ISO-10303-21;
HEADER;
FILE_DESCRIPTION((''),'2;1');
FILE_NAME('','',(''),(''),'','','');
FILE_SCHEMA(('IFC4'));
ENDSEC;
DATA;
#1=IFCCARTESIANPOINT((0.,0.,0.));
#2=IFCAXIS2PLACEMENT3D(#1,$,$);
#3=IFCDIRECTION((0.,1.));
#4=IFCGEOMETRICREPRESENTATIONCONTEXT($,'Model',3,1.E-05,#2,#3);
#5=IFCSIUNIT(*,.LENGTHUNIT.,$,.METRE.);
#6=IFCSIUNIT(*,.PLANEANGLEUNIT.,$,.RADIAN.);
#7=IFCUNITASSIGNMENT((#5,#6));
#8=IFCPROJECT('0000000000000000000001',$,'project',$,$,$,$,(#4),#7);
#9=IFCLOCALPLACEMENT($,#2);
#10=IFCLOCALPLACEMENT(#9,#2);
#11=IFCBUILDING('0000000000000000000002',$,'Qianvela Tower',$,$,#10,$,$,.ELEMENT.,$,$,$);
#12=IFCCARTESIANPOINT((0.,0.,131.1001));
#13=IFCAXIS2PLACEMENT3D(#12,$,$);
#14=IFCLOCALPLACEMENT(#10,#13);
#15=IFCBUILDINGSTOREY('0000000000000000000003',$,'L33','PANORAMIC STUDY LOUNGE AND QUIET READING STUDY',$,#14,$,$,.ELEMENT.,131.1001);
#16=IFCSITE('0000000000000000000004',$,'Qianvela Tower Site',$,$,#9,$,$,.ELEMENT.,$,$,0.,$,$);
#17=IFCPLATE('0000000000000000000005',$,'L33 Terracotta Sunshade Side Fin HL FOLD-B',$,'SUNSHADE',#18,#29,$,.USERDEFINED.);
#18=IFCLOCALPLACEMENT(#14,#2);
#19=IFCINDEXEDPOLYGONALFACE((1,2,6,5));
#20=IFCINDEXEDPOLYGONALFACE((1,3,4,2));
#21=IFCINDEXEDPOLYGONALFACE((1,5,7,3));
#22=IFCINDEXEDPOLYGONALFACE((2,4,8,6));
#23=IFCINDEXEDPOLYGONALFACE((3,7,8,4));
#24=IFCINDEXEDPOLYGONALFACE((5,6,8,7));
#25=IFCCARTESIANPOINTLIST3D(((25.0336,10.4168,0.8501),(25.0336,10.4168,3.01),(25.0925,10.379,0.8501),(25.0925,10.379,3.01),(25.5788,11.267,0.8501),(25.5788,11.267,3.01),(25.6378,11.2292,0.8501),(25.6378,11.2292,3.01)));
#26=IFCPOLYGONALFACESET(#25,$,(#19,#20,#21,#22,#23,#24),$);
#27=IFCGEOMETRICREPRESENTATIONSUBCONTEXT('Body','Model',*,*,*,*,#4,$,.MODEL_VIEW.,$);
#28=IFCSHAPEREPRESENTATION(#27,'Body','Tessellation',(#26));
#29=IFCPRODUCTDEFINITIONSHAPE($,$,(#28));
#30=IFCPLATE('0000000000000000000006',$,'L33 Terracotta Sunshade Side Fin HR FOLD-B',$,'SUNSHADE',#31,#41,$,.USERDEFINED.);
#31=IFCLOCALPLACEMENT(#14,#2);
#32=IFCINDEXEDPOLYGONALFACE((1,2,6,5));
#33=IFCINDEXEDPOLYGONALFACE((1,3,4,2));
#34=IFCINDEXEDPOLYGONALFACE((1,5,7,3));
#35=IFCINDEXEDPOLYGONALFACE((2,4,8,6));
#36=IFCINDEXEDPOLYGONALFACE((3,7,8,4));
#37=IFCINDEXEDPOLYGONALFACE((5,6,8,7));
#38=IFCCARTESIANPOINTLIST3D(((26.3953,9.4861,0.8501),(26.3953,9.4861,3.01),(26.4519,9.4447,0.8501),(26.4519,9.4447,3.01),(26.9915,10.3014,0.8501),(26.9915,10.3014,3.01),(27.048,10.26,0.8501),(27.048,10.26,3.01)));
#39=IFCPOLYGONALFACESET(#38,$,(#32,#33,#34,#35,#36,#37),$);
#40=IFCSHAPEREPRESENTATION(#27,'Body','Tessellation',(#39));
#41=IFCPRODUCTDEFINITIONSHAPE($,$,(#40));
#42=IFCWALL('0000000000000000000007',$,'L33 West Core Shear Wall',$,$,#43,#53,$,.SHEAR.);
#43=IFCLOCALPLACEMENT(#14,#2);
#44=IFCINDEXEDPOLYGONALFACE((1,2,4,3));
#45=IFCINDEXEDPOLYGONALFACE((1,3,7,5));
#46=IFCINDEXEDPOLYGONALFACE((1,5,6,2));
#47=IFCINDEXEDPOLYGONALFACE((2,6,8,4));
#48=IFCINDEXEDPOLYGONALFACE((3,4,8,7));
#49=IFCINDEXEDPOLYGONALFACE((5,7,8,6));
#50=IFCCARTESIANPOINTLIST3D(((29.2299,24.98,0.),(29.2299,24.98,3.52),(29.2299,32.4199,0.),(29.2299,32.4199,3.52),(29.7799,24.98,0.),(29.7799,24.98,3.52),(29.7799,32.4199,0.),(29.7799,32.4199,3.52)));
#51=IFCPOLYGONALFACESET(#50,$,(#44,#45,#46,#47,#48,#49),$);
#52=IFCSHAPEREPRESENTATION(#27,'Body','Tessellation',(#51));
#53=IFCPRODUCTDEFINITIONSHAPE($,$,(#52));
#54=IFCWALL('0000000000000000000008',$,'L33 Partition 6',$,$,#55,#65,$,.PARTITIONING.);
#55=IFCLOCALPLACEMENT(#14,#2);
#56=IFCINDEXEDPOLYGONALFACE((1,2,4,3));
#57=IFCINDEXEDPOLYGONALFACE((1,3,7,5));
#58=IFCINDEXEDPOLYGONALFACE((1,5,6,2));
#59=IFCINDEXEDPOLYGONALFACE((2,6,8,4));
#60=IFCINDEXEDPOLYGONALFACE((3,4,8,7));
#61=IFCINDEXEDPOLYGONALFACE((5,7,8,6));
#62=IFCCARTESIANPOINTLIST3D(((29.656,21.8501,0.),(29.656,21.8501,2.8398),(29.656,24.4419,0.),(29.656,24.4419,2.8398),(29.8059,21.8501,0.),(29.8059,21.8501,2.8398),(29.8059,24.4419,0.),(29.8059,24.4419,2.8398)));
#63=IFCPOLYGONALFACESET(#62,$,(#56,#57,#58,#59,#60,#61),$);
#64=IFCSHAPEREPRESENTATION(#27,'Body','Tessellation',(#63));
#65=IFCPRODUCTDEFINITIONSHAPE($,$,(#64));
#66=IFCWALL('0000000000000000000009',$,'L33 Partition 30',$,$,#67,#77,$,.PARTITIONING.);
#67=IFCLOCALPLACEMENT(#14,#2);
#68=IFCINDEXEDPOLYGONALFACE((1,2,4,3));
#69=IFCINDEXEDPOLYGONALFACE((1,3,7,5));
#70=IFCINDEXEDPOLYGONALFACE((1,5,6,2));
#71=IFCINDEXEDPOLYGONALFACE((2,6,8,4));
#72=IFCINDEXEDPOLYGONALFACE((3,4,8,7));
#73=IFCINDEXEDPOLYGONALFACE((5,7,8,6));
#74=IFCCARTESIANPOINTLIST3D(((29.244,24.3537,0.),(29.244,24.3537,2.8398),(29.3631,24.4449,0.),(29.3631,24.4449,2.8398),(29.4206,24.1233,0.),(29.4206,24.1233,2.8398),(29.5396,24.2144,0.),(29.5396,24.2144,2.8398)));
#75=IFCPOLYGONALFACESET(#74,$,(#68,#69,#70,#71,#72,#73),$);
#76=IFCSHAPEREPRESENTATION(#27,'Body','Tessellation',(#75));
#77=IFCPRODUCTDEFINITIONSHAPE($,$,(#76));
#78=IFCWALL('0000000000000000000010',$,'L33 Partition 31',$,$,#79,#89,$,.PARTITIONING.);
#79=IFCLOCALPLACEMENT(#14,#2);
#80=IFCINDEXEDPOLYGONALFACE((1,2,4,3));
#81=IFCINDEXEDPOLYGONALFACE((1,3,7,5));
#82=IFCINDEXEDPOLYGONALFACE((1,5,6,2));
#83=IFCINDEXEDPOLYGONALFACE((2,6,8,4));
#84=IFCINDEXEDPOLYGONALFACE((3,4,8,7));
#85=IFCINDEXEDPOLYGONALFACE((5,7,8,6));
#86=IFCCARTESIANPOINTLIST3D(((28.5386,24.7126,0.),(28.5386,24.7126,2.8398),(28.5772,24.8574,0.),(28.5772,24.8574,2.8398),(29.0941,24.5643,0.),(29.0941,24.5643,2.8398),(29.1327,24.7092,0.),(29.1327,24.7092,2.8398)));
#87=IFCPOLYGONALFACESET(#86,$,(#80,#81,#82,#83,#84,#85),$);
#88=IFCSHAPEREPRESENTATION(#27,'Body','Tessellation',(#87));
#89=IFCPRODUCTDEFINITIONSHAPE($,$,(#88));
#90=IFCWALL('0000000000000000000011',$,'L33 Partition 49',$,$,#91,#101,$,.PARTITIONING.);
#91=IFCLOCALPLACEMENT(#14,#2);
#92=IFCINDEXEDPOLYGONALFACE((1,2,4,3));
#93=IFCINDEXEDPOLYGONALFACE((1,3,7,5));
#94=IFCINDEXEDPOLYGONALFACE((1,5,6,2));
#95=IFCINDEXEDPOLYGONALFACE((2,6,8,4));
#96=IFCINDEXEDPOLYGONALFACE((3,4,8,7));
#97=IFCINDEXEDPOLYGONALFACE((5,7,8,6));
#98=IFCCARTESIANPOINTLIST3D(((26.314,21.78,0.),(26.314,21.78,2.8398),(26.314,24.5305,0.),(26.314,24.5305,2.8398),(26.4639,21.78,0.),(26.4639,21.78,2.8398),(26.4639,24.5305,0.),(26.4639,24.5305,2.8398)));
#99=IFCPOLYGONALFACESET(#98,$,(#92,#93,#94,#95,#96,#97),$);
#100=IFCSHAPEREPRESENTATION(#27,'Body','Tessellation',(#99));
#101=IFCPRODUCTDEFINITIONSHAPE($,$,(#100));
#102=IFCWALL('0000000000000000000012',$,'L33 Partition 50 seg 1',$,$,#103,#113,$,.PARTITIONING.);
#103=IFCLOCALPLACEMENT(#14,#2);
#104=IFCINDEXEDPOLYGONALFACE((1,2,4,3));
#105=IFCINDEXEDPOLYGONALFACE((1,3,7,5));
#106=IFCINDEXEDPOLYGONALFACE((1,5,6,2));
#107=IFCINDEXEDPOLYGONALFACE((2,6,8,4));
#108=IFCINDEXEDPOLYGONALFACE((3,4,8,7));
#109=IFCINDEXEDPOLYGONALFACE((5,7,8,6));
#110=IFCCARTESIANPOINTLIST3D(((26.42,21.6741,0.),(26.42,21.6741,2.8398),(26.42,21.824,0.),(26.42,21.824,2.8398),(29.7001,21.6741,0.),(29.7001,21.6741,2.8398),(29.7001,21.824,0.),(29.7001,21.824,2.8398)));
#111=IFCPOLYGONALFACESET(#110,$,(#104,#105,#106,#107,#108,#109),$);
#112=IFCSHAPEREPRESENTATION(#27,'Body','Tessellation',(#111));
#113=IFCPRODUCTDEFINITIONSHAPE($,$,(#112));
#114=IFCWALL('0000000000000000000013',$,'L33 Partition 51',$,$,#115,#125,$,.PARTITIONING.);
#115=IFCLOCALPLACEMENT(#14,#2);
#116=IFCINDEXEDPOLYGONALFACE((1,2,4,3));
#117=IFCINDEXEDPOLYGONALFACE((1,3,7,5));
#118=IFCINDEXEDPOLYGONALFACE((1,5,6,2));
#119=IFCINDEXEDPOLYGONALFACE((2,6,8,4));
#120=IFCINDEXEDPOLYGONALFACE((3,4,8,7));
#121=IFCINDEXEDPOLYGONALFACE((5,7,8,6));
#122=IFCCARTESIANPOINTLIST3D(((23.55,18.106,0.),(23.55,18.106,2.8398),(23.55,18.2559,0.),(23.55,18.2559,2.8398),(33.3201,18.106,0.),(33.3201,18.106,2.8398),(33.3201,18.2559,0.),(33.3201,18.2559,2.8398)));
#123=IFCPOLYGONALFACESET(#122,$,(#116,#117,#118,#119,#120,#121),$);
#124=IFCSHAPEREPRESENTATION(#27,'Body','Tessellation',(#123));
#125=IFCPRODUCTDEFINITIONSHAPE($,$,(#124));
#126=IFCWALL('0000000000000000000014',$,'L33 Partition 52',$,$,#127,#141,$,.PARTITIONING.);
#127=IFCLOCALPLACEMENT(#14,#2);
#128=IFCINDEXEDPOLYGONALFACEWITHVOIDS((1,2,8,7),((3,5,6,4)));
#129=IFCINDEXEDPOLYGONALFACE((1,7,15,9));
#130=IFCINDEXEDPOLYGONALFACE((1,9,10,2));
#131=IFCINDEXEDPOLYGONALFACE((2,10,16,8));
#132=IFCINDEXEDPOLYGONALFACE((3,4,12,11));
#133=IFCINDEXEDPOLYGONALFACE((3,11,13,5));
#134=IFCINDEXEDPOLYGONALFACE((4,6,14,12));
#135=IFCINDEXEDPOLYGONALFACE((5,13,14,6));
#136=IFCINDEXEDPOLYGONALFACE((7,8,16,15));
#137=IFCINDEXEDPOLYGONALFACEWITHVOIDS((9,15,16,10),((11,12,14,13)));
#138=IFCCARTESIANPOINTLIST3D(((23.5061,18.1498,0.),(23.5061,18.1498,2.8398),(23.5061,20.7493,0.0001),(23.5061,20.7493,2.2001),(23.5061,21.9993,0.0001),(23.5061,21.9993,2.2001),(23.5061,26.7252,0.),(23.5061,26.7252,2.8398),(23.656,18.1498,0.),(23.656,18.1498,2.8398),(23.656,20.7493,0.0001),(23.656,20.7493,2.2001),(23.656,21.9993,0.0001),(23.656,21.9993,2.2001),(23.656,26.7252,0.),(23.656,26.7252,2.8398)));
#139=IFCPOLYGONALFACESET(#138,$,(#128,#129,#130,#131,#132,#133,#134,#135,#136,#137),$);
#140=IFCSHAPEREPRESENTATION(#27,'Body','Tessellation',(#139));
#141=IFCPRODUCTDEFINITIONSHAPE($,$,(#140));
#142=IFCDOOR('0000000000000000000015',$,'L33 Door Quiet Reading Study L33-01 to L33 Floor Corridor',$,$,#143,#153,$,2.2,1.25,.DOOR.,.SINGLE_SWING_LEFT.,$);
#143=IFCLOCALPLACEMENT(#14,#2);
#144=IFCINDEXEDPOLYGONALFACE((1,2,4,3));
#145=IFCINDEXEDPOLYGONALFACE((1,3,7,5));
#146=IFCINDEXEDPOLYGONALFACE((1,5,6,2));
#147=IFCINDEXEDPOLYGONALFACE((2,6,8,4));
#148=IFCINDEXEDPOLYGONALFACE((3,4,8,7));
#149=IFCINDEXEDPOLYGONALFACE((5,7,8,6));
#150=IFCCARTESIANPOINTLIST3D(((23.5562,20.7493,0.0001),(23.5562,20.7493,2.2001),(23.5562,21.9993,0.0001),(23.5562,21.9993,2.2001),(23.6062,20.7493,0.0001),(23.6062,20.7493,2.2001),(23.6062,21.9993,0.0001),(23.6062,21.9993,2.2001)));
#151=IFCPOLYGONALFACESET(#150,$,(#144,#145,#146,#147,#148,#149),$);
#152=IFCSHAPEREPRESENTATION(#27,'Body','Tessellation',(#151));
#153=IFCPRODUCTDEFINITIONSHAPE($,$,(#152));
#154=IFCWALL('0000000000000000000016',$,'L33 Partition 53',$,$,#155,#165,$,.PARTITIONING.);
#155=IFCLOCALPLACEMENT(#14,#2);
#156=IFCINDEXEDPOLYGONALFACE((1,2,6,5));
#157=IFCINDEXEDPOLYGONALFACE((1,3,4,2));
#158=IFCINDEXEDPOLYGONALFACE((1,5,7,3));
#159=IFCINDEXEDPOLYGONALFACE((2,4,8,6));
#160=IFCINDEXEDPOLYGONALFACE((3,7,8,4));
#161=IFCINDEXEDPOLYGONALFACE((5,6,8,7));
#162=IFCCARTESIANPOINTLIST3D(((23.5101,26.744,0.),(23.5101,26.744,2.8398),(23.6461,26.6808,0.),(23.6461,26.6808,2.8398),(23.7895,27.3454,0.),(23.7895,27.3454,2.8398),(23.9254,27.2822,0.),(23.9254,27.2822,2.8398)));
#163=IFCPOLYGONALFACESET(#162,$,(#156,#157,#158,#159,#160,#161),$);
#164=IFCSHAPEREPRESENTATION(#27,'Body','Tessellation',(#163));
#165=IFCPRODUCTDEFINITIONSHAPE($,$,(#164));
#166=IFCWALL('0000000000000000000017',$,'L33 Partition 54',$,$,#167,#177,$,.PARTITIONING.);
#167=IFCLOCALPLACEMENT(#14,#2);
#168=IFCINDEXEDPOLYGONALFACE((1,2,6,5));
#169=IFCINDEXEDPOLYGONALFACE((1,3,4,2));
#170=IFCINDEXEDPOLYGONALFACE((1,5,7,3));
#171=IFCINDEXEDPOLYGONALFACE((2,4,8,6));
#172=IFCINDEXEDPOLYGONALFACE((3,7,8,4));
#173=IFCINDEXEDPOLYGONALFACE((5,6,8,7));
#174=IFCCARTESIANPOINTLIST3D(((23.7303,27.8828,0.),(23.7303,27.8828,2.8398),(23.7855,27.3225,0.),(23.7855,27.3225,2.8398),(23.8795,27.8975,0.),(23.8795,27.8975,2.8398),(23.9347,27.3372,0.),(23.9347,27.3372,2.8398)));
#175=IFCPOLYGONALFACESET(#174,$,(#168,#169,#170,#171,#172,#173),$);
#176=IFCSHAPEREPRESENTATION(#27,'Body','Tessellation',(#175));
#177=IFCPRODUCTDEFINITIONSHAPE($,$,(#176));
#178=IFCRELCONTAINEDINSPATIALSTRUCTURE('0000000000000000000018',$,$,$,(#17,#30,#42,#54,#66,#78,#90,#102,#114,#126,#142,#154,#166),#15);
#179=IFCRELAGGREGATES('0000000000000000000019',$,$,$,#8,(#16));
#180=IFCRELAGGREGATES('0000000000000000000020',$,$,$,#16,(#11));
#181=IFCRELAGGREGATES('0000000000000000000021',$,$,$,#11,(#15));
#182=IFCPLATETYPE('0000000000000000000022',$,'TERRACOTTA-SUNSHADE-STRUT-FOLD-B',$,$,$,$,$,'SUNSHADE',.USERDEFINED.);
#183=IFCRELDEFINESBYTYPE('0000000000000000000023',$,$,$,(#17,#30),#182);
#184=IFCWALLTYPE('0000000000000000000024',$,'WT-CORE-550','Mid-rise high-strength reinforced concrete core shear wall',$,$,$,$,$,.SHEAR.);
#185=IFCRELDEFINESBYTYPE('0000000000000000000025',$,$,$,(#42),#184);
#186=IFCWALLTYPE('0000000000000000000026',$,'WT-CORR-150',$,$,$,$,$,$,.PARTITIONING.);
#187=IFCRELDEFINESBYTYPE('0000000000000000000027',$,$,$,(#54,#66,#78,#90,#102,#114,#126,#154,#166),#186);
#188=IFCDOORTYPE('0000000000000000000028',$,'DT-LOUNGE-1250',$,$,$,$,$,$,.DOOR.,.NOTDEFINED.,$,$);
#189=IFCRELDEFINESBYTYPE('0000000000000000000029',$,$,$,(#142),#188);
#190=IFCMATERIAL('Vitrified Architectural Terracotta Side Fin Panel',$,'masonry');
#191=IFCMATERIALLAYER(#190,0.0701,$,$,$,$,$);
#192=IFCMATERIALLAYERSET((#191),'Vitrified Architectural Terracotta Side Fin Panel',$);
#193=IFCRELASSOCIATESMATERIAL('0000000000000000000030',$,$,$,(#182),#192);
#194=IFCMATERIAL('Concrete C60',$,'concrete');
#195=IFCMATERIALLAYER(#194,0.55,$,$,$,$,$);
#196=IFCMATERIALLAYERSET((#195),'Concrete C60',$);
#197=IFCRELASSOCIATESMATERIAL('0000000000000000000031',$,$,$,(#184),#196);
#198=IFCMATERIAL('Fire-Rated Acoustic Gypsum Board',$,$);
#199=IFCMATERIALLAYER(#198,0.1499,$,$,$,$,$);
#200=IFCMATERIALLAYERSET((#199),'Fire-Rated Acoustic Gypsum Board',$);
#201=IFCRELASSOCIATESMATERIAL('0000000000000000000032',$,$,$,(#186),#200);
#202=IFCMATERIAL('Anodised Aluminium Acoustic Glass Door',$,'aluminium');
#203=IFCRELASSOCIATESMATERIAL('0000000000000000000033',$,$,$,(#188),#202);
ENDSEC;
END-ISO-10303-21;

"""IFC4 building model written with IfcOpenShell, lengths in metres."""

from ifc_helpers import new_model, si_unit, direction, frame, frame_2d, origin, origin_2d, place, context, subcontext, project, spatial, rectangle, extrude, material, layer, layer_set, type_object, element, fill, save


model = new_model("IFC4")

# Units and contexts
model_context = context("Model", 3, precision=1e-05, world=origin(), true_north=direction((0.0, 1.0)))
body_context = subcontext(model_context, "Body", "Model", "MODEL_VIEW")
ifc_project = project(units=[si_unit("LENGTHUNIT", "METRE"), si_unit("PLANEANGLEUNIT", "RADIAN")], contexts=[model_context])

# Site, building, storey
site_placement = place(None, origin())
site = spatial("IfcSite", under=ifc_project, at=site_placement, Name="Qianvela Tower Site", CompositionType="ELEMENT", RefElevation=0.0)
building_placement = place(site_placement, origin())
building = spatial("IfcBuilding", under=site, at=building_placement, Name="Qianvela Tower", CompositionType="ELEMENT")
storey_placement = place(building_placement, frame((0.0, 0.0, 131.1001)))
storey = spatial("IfcBuildingStorey", under=building, at=storey_placement, Name="L33", Description="PANORAMIC STUDY LOUNGE AND QUIET READING STUDY", CompositionType="ELEMENT", Elevation=131.1001)

# Plates
ifc_material_1 = material(Name="Vitrified Architectural Terracotta Side Fin Panel", Category="masonry")
ifc_layer_1 = layer(ifc_material_1, 0.0701)
ifc_layer_set_1 = layer_set([ifc_layer_1], Name="Vitrified Architectural Terracotta Side Fin Panel")
plate_type_1 = type_object("IfcPlateType", Name="TERRACOTTA-SUNSHADE-STRUT-FOLD-B", ElementType="SUNSHADE", PredefinedType="USERDEFINED", material=ifc_layer_set_1)
for number, where, z_axis, x_axis, name in (
    (1, (25.3357, 10.823, 0.8501), (0.0, 0.0, 1.0), (0.841737, -0.539888, 0.0), "L33 Terracotta Sunshade Side Fin HL FOLD-B"),
    (2, (26.7217, 9.873, 0.8501), (0.0, 0.0, 1.0), (0.807208, -0.590268, 0.0), "L33 Terracotta Sunshade Side Fin HR FOLD-B"),
):
    element("IfcPlate", number, at=place(storey_placement, frame(where, z_axis=z_axis, x_axis=x_axis)), inside=storey, type_object=plate_type_1, Name=name, ObjectType="SUNSHADE", PredefinedType="USERDEFINED", context=body_context, shape_type="SweptSolid", body=[
        extrude(rectangle(XDim=0.0701, YDim=1.01, at=origin_2d()), origin(), (0.0, 0.0, 1.0), 2.1599),
    ])

# Shared definitions
ifc_material_2 = material(Name="Concrete C60", Category="concrete")
ifc_layer_2 = layer(ifc_material_2, 0.55)
ifc_layer_set_2 = layer_set([ifc_layer_2], Name="Concrete C60")
wall_type_1 = type_object("IfcWallType", Name="WT-CORE-550", Description="Mid-rise high-strength reinforced concrete core shear wall", PredefinedType="SHEAR", material=ifc_layer_set_2)

# Walls
wall_1_placement = place(storey_placement, frame((29.5049, 24.98, 0.0), z_axis=(0.0, 0.0, 1.0), x_axis=(0.0, 1.0, 0.0)))
element("IfcWall", 3, at=wall_1_placement, inside=storey, type_object=wall_type_1, Name="L33 West Core Shear Wall", PredefinedType="SHEAR", context=body_context, shape_type="SweptSolid", body=[
    extrude(rectangle(XDim=7.4399, YDim=0.55, at=frame_2d((3.72, 0.0))), origin(), (0.0, 0.0, 1.0), 3.52),
])
ifc_material_3 = material(Name="Fire-Rated Acoustic Gypsum Board")
ifc_layer_3 = layer(ifc_material_3, 0.1499)
ifc_layer_set_3 = layer_set([ifc_layer_3], Name="Fire-Rated Acoustic Gypsum Board")
wall_type_2 = type_object("IfcWallType", Name="WT-CORR-150", PredefinedType="PARTITIONING", material=ifc_layer_set_3)
wall_2_placement = place(storey_placement, frame((29.731, 21.8501, 0.0), z_axis=(0.0, 0.0, 1.0), x_axis=(0.0, 1.0, 0.0)))
element("IfcWall", 4, at=wall_2_placement, inside=storey, type_object=wall_type_2, Name="L33 Partition 6", PredefinedType="PARTITIONING", context=body_context, shape_type="SweptSolid", body=[
    extrude(rectangle(XDim=2.5918, YDim=0.1499, at=frame_2d((1.2959, 0.0))), origin(), (0.0, 0.0, 1.0), 2.8398),
])
wall_3_placement = place(storey_placement, frame((29.48, 24.1689, 0.0), z_axis=(0.0, 0.0, 1.0), x_axis=(-0.608043, 0.793904, 0.0)))
element("IfcWall", 5, at=wall_3_placement, inside=storey, type_object=wall_type_2, Name="L33 Partition 30", PredefinedType="PARTITIONING", context=body_context, shape_type="SweptSolid", body=[
    extrude(rectangle(XDim=0.2903, YDim=0.1499, at=frame_2d((0.145, 0.0))), origin(), (0.0, 0.0, 1.0), 2.8398),
])
wall_4_placement = place(storey_placement, frame((29.1135, 24.6367, 0.0), z_axis=(0.0, 0.0, 1.0), x_axis=(-0.9662, 0.257795, 0.0)))
element("IfcWall", 6, at=wall_4_placement, inside=storey, type_object=wall_type_2, Name="L33 Partition 31", PredefinedType="PARTITIONING", context=body_context, shape_type="SweptSolid", body=[
    extrude(rectangle(XDim=0.575, YDim=0.1499, at=frame_2d((0.2876, 0.0))), origin(), (0.0, 0.0, 1.0), 2.8398),
])
wall_5_placement = place(storey_placement, frame((26.3889, 24.5305, 0.0), z_axis=(0.0, 0.0, 1.0), x_axis=(0.0, -1.0, 0.0)))
element("IfcWall", 7, at=wall_5_placement, inside=storey, type_object=wall_type_2, Name="L33 Partition 49", PredefinedType="PARTITIONING", context=body_context, shape_type="SweptSolid", body=[
    extrude(rectangle(XDim=2.7505, YDim=0.1499, at=frame_2d((1.3752, 0.0))), origin(), (0.0, 0.0, 1.0), 2.8398),
])
wall_6_placement = place(storey_placement, frame((26.4199, 21.749, 0.0), z_axis=(0.0, 0.0, 1.0), x_axis=(1.0, 0.0, 0.0)))
element("IfcWall", 8, at=wall_6_placement, inside=storey, type_object=wall_type_2, Name="L33 Partition 50 seg 1", PredefinedType="PARTITIONING", context=body_context, shape_type="SweptSolid", body=[
    extrude(rectangle(XDim=3.28, YDim=0.1499, at=frame_2d((1.6401, 0.0))), origin(), (0.0, 0.0, 1.0), 2.8398),
])
wall_7_placement = place(storey_placement, frame((33.3201, 18.1809, 0.0), z_axis=(0.0, 0.0, 1.0), x_axis=(-1.0, 0.0, 0.0)))
element("IfcWall", 9, at=wall_7_placement, inside=storey, type_object=wall_type_2, Name="L33 Partition 51", PredefinedType="PARTITIONING", context=body_context, shape_type="SweptSolid", body=[
    extrude(rectangle(XDim=9.77, YDim=0.1499, at=frame_2d((4.885, 0.0))), origin(), (0.0, 0.0, 1.0), 2.8398),
])

# Wall, opening, door
wall_8_placement = place(storey_placement, frame((23.5811, 18.1499, 0.0), z_axis=(0.0, 0.0, 1.0), x_axis=(0.0, 1.0, 0.0)))
wall_8 = element("IfcWall", 10, at=wall_8_placement, inside=storey, type_object=wall_type_2, Name="L33 Partition 52", PredefinedType="PARTITIONING", context=body_context, shape_type="SweptSolid", body=[
    extrude(rectangle(XDim=8.5754, YDim=0.1499, at=frame_2d((4.2876, 0.0))), origin(), (0.0, 0.0, 1.0), 2.8398),
])
opening_1_placement = place(wall_8_placement, frame((2.5994, 0.0, 0.0)))
opening_1 = element("IfcOpeningElement", 11, at=opening_1_placement, cuts=wall_8, PredefinedType="OPENING", context=body_context, shape_type="SweptSolid", body=[
    extrude(rectangle(XDim=1.25, YDim=2.2, at=frame_2d((0.625, 1.1001))), frame((0.0, 0.085, 0.0), z_axis=(0.0, -1.0, 0.0), x_axis=(1.0, 0.0, 0.0)), (0.0, 0.0, 1.0), 0.1699),
])
ifc_material_4 = material(Name="Anodised Aluminium Acoustic Glass Door", Category="aluminium")
door_type_1 = type_object("IfcDoorType", Name="DT-LOUNGE-1250", OperationType="NOTDEFINED", PredefinedType="DOOR", material=ifc_material_4)
door_1_placement = place(opening_1_placement, origin())
door_1 = element("IfcDoor", 12, at=door_1_placement, inside=storey, type_object=door_type_1, Name="L33 Door Quiet Reading Study L33-01 to L33 Floor Corridor", OperationType="SINGLE_SWING_LEFT", OverallHeight=2.2, OverallWidth=1.25, PredefinedType="DOOR", context=body_context, shape_type="SweptSolid", body=[
    extrude(rectangle(XDim=1.25, YDim=2.2, at=frame_2d((0.625, 1.1001))), frame((0.0, 0.0249, 0.0), z_axis=(0.0, -1.0, 0.0), x_axis=(1.0, 0.0, 0.0)), (0.0, 0.0, 1.0), 0.05),
])
fill(opening_1, door_1)

# Walls
wall_9_placement = place(storey_placement, frame((23.5781, 26.7124, 0.0), z_axis=(0.0, 0.0, 1.0), x_axis=(0.421252, 0.906944, 0.0)))
element("IfcWall", 13, at=wall_9_placement, inside=storey, type_object=wall_type_2, Name="L33 Partition 53", PredefinedType="PARTITIONING", context=body_context, shape_type="SweptSolid", body=[
    extrude(rectangle(XDim=0.6631, YDim=0.1499, at=frame_2d((0.3315, 0.0))), origin(), (0.0, 0.0, 1.0), 2.8398),
])
wall_10_placement = place(storey_placement, frame((23.8601, 27.3298, 0.0), z_axis=(0.0, 0.0, 1.0), x_axis=(-0.098001, 0.995186, 0.0)))
element("IfcWall", 14, at=wall_10_placement, inside=storey, type_object=wall_type_2, Name="L33 Partition 54", PredefinedType="PARTITIONING", context=body_context, shape_type="SweptSolid", body=[
    extrude(rectangle(XDim=0.563, YDim=0.1499, at=frame_2d((0.2815, 0.0))), origin(), (0.0, 0.0, 1.0), 2.8398),
])

save(model, "model.ifc")
